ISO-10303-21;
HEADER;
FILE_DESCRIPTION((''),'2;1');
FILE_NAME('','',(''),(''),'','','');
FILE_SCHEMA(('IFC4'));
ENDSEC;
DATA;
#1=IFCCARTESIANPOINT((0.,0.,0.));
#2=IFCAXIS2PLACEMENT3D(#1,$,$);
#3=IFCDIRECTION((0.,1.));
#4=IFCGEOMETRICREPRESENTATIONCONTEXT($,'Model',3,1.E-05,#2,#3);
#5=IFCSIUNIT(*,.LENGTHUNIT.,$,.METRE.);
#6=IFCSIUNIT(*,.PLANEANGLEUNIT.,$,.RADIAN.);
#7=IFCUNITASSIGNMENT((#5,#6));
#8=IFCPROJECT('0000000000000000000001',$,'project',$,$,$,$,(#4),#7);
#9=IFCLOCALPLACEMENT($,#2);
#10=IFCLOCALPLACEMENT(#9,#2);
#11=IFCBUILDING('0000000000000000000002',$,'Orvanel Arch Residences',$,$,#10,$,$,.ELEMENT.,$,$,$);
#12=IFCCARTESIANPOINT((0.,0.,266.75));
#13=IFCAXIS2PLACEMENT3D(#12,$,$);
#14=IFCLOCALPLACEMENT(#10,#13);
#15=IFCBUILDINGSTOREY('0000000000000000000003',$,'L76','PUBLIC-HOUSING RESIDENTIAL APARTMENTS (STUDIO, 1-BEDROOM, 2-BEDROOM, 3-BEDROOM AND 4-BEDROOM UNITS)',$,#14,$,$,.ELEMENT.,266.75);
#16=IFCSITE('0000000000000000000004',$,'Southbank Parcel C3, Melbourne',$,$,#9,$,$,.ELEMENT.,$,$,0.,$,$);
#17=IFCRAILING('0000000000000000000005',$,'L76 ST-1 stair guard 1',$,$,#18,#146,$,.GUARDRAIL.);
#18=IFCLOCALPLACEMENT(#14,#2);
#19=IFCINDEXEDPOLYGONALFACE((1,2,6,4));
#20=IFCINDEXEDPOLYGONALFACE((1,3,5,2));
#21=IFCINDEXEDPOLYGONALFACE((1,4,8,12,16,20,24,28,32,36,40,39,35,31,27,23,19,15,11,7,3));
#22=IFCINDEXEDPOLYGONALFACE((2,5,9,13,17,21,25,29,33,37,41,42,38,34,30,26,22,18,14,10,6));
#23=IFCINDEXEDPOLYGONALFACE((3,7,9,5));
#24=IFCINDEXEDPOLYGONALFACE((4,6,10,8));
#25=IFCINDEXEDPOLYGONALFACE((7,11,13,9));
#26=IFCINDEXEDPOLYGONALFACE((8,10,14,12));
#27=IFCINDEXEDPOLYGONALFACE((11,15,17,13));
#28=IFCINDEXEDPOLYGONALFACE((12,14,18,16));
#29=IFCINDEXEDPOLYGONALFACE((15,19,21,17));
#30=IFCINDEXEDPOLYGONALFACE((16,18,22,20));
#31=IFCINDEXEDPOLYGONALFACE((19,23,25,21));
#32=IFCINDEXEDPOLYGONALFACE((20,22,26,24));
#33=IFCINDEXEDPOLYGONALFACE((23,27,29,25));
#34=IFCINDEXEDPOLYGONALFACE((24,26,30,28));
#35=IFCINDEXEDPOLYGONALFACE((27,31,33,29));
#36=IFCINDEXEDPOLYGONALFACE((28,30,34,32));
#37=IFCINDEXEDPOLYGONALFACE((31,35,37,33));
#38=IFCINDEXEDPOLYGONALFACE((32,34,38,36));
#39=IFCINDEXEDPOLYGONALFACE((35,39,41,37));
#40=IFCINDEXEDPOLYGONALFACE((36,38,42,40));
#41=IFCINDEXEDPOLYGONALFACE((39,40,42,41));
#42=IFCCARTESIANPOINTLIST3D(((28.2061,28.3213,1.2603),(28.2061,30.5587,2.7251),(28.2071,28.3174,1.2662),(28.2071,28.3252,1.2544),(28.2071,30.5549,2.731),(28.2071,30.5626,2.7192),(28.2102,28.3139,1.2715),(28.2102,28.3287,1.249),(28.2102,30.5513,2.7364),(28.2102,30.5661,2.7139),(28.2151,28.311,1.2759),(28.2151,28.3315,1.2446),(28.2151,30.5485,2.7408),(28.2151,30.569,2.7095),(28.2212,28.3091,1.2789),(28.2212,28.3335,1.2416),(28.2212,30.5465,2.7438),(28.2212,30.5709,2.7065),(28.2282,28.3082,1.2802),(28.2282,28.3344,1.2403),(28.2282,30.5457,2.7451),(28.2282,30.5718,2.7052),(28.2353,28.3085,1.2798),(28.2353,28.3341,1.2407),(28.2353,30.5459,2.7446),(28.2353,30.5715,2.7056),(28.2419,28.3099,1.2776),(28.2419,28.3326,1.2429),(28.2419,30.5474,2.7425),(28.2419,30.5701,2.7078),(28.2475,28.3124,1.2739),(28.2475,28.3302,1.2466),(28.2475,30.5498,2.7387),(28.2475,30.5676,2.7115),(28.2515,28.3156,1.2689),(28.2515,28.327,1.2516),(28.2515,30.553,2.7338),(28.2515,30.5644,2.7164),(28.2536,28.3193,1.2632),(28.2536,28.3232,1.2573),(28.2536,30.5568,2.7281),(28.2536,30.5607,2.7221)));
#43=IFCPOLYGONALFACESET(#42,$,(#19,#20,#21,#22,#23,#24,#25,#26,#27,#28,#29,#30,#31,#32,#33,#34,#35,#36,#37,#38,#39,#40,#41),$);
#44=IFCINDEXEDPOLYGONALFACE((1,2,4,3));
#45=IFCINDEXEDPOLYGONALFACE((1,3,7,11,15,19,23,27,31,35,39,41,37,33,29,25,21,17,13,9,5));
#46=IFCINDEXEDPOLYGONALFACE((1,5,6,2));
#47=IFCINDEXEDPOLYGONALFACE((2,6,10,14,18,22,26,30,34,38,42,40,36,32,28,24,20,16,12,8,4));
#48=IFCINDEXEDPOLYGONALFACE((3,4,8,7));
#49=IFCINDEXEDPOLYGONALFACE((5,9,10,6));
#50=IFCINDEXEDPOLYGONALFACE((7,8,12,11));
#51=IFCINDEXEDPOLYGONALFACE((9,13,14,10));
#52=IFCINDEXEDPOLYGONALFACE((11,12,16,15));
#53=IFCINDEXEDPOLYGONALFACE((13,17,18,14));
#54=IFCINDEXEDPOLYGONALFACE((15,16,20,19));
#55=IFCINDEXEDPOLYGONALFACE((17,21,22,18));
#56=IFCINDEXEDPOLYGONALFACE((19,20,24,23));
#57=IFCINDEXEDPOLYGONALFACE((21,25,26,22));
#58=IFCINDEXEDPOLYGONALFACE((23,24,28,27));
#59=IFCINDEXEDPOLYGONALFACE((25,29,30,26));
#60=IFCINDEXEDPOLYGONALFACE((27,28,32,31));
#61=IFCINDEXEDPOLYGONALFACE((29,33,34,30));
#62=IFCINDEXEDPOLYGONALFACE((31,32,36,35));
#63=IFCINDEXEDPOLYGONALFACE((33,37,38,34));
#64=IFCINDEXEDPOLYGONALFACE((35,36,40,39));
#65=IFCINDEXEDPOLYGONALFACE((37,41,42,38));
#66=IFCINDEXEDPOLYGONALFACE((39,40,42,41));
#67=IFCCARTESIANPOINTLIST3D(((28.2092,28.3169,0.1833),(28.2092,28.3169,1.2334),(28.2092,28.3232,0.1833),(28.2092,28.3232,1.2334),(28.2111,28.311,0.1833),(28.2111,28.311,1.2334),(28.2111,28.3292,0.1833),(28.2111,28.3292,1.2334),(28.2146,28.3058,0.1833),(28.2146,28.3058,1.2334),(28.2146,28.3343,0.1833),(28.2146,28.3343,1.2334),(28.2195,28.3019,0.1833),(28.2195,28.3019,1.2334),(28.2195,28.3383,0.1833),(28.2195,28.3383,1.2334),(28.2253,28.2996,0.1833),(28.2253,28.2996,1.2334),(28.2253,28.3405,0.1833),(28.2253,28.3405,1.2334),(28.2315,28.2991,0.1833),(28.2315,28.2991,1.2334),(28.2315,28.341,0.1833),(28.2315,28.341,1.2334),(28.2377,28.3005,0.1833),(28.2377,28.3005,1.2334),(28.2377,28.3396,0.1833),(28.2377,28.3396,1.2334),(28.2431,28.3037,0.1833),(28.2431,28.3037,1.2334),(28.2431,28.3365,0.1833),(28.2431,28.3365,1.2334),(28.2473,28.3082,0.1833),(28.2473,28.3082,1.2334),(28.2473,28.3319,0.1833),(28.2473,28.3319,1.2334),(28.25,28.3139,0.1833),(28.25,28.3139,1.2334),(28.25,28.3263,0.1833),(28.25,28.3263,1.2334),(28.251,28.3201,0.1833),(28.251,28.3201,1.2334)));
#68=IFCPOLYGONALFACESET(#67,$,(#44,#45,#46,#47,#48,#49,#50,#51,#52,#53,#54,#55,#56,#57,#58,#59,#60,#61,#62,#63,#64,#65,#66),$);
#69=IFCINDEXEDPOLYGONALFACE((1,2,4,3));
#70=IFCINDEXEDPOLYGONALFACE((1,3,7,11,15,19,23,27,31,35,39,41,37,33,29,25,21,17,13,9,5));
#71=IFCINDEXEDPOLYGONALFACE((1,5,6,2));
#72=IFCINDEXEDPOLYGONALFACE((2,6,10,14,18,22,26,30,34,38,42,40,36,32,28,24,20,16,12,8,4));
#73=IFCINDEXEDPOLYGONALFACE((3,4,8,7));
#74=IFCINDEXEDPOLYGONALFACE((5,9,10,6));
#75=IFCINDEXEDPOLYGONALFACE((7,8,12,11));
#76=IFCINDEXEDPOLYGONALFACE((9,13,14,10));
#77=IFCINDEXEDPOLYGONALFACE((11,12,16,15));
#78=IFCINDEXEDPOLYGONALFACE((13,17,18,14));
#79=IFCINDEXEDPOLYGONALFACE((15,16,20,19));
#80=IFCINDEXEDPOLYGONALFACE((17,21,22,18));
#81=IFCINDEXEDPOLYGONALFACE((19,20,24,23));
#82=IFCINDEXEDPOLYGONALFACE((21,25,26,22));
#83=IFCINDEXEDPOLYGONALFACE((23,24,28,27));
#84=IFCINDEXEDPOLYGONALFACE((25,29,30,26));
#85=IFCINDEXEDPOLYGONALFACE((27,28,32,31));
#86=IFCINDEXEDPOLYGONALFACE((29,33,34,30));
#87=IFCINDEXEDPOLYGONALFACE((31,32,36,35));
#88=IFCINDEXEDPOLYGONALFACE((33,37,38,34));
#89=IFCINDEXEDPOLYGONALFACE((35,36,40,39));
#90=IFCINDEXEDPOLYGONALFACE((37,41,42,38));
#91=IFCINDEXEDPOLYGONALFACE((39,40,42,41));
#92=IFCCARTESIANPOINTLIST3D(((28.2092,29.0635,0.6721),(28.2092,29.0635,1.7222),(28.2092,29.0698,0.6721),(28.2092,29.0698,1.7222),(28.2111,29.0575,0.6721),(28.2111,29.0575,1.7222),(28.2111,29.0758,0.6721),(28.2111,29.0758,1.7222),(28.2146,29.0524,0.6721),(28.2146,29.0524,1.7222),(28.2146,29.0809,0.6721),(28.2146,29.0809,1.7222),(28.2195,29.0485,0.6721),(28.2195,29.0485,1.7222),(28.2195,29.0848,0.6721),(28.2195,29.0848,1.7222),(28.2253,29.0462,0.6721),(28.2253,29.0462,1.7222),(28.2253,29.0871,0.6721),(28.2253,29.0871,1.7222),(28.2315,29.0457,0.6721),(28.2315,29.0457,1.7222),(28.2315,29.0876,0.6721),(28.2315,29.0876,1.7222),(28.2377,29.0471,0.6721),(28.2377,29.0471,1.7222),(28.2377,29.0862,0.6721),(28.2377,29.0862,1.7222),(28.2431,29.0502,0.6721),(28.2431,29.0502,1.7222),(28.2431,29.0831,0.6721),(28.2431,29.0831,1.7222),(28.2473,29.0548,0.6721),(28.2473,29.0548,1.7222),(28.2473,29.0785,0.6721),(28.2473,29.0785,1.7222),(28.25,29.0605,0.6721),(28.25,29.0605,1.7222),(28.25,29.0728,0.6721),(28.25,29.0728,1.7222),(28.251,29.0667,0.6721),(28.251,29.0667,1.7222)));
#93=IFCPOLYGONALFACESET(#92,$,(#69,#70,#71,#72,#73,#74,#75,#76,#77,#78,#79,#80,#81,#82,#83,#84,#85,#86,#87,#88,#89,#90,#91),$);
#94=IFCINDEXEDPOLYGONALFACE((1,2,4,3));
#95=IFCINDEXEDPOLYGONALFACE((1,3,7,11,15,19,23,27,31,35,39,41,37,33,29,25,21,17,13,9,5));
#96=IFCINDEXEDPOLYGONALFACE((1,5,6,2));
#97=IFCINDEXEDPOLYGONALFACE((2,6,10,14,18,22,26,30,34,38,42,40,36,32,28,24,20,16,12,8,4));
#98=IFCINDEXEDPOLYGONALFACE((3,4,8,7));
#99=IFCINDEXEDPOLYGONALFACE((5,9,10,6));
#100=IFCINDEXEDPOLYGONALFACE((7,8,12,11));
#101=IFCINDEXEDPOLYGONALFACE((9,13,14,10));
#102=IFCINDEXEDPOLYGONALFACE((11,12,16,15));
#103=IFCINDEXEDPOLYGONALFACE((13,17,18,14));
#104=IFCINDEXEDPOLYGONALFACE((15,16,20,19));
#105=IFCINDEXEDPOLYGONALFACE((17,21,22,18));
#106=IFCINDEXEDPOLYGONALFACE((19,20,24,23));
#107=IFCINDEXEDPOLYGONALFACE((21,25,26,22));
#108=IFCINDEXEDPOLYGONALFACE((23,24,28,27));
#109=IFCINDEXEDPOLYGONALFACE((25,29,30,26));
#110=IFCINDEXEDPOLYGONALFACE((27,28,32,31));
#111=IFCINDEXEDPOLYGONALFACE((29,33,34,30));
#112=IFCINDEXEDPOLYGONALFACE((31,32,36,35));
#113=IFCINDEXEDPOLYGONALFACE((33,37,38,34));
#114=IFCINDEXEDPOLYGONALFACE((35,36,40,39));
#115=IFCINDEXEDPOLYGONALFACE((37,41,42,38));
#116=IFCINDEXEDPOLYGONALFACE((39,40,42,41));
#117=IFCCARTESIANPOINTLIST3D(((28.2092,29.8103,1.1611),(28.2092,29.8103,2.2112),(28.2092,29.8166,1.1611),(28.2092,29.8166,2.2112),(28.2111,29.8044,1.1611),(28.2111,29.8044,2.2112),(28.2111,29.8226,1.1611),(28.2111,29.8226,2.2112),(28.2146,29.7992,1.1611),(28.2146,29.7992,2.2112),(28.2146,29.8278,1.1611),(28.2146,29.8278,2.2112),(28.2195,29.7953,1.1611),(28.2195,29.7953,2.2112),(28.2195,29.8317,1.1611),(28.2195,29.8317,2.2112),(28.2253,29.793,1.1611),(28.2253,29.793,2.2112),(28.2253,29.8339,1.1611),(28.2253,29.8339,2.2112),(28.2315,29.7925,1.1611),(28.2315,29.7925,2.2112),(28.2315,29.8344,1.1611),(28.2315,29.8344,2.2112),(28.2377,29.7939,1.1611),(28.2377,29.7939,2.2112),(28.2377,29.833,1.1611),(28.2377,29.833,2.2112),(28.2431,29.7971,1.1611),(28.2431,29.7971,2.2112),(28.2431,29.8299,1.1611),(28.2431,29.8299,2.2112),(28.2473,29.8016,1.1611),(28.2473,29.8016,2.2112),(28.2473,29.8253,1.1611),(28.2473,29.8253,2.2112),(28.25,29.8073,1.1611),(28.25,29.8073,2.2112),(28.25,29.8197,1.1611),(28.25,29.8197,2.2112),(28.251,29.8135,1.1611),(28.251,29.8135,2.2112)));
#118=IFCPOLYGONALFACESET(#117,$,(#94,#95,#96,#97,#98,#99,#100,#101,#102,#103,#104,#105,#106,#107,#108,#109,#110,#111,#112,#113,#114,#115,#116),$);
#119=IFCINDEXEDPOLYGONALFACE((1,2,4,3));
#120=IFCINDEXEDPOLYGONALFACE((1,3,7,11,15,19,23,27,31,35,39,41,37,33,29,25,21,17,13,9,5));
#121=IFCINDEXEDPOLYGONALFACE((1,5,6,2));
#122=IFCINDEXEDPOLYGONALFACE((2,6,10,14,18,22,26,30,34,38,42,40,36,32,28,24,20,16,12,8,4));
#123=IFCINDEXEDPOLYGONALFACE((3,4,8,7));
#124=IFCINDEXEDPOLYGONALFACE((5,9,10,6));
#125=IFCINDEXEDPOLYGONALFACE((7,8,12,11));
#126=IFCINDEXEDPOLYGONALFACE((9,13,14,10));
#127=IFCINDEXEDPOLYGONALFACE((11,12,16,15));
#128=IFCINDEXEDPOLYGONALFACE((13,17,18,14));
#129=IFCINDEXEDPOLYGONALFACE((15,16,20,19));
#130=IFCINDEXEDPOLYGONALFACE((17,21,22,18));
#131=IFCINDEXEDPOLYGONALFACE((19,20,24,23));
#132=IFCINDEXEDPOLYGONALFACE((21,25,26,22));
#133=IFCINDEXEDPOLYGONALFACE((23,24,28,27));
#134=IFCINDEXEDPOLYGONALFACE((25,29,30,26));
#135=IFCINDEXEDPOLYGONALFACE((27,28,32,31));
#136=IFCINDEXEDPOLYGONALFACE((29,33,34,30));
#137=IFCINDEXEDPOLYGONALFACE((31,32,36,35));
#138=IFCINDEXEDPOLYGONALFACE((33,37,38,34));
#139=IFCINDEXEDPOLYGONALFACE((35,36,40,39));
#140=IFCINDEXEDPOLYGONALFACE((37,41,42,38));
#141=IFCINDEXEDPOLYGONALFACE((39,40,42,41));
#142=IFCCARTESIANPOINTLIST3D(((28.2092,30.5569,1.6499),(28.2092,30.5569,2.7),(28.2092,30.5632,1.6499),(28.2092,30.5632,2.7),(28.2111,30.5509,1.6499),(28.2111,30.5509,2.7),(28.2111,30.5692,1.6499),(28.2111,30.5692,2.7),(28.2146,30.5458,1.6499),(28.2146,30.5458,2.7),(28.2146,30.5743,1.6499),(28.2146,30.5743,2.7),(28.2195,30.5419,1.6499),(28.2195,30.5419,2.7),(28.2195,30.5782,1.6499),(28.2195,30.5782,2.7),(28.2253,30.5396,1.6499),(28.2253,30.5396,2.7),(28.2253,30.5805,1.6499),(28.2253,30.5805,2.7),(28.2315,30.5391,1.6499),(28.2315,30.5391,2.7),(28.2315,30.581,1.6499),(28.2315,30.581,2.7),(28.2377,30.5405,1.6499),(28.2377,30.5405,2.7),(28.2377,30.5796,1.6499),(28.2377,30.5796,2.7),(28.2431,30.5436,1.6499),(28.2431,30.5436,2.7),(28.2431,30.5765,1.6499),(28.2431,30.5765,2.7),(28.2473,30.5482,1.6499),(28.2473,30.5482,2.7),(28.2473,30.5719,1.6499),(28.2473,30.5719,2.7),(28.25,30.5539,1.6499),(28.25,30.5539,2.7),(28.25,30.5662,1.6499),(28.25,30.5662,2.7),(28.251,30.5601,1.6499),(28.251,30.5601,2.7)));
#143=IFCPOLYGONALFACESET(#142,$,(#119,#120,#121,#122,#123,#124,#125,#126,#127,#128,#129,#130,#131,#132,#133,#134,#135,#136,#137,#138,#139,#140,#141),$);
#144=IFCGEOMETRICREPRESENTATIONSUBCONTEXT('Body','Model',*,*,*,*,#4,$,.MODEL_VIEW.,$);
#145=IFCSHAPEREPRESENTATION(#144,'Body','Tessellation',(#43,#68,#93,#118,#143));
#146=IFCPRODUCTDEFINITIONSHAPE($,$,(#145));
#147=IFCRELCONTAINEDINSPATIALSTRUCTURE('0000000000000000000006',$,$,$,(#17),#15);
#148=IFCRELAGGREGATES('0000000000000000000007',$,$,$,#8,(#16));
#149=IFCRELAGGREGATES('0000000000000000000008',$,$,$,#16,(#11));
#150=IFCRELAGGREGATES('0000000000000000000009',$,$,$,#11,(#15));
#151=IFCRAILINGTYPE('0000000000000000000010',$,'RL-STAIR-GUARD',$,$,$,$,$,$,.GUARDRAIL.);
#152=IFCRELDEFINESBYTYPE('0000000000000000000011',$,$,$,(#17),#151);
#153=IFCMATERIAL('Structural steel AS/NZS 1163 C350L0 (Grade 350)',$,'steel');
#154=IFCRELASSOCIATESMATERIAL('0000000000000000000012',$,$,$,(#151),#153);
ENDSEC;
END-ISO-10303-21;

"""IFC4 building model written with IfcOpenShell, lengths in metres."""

from ifc_helpers import new_model, si_unit, direction, frame, origin, origin_2d, place, context, subcontext, project, spatial, circle, extrude, material, type_object, element, save


model = new_model("IFC4")

# Units and contexts
model_context = context("Model", 3, precision=1e-05, world=origin(), true_north=direction((0.0, 1.0)))
body_context = subcontext(model_context, "Body", "Model", "MODEL_VIEW")
ifc_project = project(units=[si_unit("LENGTHUNIT", "METRE"), si_unit("PLANEANGLEUNIT", "RADIAN")], contexts=[model_context])

# Site, building, storey
site_placement = place(None, origin())
site = spatial("IfcSite", under=ifc_project, at=site_placement, Name="Southbank Parcel C3, Melbourne", CompositionType="ELEMENT", RefElevation=0.0)
building_placement = place(site_placement, origin())
building = spatial("IfcBuilding", under=site, at=building_placement, Name="Orvanel Arch Residences", CompositionType="ELEMENT")
storey_placement = place(building_placement, frame((0.0, 0.0, 266.75)))
storey = spatial("IfcBuildingStorey", under=building, at=storey_placement, Name="L76", Description="PUBLIC-HOUSING RESIDENTIAL APARTMENTS (STUDIO, 1-BEDROOM, 2-BEDROOM, 3-BEDROOM AND 4-BEDROOM UNITS)", CompositionType="ELEMENT", Elevation=266.75)

# Railing
ifc_material_1 = material(Name="Structural steel AS/NZS 1163 C350L0 (Grade 350)", Category="steel")
railing_type_1 = type_object("IfcRailingType", Name="RL-STAIR-GUARD", PredefinedType="GUARDRAIL", material=ifc_material_1)
railing_1_placement = place(storey_placement, frame((28.23, 28.3201, 0.1833)))
element("IfcRailing", 1, at=railing_1_placement, inside=storey, type_object=railing_type_1, Name="L76 ST-1 stair guard 1", PredefinedType="GUARDRAIL", context=body_context, shape_type="SweptSolid", body=[
    extrude(circle(Radius=0.0239, at=origin_2d()), frame((0.0, 0.0012, 1.0769), z_axis=(0.0, 0.836637, 0.547758), x_axis=(-1.0, 0.0, 0.0)), (0.0, 0.0, 1.0), 2.6743),
    extrude(circle(Radius=0.021, at=origin_2d()), origin(), (0.0, 0.0, 1.0), 1.05),
    extrude(circle(Radius=0.021, at=origin_2d()), frame((0.0, 0.7466, 0.4888)), (0.0, 0.0, 1.0), 1.05),
    extrude(circle(Radius=0.021, at=origin_2d()), frame((0.0, 1.4934, 0.9778)), (0.0, 0.0, 1.0), 1.05),
    extrude(circle(Radius=0.021, at=origin_2d()), frame((0.0, 2.24, 1.4666)), (0.0, 0.0, 1.0), 1.05),
])

save(model, "model.ifc")
